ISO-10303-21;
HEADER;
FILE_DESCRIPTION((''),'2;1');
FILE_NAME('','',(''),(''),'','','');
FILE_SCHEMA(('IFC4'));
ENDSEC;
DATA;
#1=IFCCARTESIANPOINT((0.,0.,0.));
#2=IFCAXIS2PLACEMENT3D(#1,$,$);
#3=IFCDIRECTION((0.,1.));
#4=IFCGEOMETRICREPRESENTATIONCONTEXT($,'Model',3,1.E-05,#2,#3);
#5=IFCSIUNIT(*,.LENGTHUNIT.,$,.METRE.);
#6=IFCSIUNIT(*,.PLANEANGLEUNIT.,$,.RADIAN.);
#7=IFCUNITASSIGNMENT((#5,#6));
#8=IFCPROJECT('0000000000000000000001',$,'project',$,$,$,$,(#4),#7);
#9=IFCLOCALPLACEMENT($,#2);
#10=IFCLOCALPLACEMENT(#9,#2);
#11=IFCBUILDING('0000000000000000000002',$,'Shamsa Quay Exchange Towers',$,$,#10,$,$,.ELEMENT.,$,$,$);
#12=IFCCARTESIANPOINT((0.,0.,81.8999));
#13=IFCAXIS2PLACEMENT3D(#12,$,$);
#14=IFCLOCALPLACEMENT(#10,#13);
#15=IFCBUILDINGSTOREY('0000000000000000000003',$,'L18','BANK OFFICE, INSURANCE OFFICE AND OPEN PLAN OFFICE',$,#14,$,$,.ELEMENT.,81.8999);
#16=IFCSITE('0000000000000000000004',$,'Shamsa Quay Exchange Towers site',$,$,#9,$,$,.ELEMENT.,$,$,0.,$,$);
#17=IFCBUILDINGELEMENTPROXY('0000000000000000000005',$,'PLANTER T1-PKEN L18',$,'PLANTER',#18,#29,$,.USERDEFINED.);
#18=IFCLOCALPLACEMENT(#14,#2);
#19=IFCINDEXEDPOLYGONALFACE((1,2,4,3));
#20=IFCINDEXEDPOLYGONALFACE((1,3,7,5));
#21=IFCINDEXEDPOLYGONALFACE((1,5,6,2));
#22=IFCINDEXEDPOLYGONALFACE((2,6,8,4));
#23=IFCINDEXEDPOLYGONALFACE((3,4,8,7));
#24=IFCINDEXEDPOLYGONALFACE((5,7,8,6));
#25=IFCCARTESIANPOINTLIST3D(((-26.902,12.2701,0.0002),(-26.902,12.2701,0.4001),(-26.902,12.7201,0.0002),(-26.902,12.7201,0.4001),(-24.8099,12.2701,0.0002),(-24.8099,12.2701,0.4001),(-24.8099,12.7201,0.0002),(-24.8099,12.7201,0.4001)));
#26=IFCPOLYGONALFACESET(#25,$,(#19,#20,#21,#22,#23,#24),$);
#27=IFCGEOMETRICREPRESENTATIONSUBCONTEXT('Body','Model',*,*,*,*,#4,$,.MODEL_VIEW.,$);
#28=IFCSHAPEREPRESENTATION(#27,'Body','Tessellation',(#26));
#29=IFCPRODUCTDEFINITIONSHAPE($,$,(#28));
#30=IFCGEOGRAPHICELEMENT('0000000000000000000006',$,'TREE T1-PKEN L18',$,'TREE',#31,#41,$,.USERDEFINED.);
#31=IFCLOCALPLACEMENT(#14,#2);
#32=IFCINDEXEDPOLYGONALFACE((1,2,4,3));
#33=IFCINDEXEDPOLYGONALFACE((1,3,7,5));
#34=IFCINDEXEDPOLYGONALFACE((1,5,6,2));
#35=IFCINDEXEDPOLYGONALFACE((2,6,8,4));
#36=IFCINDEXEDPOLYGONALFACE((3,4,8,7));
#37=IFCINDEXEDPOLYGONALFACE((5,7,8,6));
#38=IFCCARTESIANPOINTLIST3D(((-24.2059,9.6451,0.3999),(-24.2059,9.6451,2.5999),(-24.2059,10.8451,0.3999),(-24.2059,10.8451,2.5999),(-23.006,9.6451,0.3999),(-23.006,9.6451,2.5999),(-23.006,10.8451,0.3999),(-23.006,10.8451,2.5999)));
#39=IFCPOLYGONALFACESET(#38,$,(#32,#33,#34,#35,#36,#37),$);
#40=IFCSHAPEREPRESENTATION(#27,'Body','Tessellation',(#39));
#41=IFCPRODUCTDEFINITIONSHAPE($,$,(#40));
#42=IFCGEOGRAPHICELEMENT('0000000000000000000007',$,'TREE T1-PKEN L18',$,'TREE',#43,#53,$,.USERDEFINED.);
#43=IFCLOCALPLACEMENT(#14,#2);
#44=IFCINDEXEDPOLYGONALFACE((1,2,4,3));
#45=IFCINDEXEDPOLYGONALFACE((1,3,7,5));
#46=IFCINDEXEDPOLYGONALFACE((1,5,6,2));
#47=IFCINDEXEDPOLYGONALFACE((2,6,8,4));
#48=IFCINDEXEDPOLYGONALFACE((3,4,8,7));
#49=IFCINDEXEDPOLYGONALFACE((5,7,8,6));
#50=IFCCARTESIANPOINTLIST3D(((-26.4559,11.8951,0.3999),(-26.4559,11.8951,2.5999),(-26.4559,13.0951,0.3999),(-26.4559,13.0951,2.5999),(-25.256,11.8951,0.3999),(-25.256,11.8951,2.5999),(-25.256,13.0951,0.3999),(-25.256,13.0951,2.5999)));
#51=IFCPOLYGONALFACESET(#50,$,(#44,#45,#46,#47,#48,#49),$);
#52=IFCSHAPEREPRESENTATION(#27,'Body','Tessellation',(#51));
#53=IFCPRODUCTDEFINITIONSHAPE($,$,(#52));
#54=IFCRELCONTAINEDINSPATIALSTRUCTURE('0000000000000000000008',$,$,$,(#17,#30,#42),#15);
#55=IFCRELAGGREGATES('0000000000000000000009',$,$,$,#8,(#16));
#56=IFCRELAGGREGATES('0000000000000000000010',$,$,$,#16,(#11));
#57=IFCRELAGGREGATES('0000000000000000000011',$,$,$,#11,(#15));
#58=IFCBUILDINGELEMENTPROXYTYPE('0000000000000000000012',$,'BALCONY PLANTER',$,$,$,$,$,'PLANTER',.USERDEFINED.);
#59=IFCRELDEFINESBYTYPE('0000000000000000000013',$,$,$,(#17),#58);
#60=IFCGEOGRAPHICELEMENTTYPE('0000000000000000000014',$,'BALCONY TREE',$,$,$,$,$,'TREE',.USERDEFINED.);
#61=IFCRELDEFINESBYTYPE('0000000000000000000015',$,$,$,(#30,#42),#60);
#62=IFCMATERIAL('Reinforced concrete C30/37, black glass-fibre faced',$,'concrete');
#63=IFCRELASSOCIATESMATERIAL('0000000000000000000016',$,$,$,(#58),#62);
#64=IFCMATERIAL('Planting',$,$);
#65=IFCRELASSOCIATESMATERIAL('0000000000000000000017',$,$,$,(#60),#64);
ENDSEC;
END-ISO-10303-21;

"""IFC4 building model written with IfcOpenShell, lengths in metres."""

from ifc_helpers import new_model, si_unit, direction, frame, origin, origin_2d, place, context, subcontext, project, spatial, rectangle, extrude, material, type_object, element, save


model = new_model("IFC4")

# Units and contexts
model_context = context("Model", 3, precision=1e-05, world=origin(), true_north=direction((0.0, 1.0)))
body_context = subcontext(model_context, "Body", "Model", "MODEL_VIEW")
ifc_project = project(units=[si_unit("LENGTHUNIT", "METRE"), si_unit("PLANEANGLEUNIT", "RADIAN")], contexts=[model_context])

# Site, building, storey
site_placement = place(None, origin())
site = spatial("IfcSite", under=ifc_project, at=site_placement, Name="Shamsa Quay Exchange Towers site", CompositionType="ELEMENT", RefElevation=0.0)
building_placement = place(site_placement, origin())
building = spatial("IfcBuilding", under=site, at=building_placement, Name="Shamsa Quay Exchange Towers", CompositionType="ELEMENT")
storey_placement = place(building_placement, frame((0.0, 0.0, 81.8999)))
storey = spatial("IfcBuildingStorey", under=building, at=storey_placement, Name="L18", Description="BANK OFFICE, INSURANCE OFFICE AND OPEN PLAN OFFICE", CompositionType="ELEMENT", Elevation=81.8999)

# Building element proxy
ifc_material_1 = material(Name="Reinforced concrete C30/37, black glass-fibre faced", Category="concrete")
building_element_proxy_type = type_object("IfcBuildingElementProxyType", Name="BALCONY PLANTER", ElementType="PLANTER", PredefinedType="USERDEFINED", material=ifc_material_1)
for number, where, z_axis, x_axis, name in (
    (1, (-25.856, 12.4951, 0.0002), (0.0, 0.0, 1.0), (-1.0, 0.0, 0.0), "PLANTER T1-PKEN L18"),
):
    element("IfcBuildingElementProxy", number, at=place(storey_placement, frame(where, z_axis=z_axis, x_axis=x_axis)), inside=storey, type_object=building_element_proxy_type, Name=name, ObjectType="PLANTER", PredefinedType="USERDEFINED", context=body_context, shape_type="SweptSolid", body=[
        extrude(rectangle(XDim=2.092, YDim=0.45, at=origin_2d()), origin(), (0.0, 0.0, 1.0), 0.3999),
    ])

# Geographic elements
ifc_material_2 = material(Name="Planting")
geographic_element_type = type_object("IfcGeographicElementType", Name="BALCONY TREE", ElementType="TREE", PredefinedType="USERDEFINED", material=ifc_material_2)
for number, where, z_axis, x_axis, name in (
    (2, (-23.606, 10.2451, 0.3999), (0.0, 0.0, 1.0), (-1.0, 0.0, 0.0), "TREE T1-PKEN L18"),
    (3, (-25.856, 12.4951, 0.3999), (0.0, 0.0, 1.0), (-1.0, 0.0, 0.0), "TREE T1-PKEN L18"),
):
    element("IfcGeographicElement", number, at=place(storey_placement, frame(where, z_axis=z_axis, x_axis=x_axis)), inside=storey, type_object=geographic_element_type, Name=name, ObjectType="TREE", PredefinedType="USERDEFINED", context=body_context, shape_type="SweptSolid", body=[
        extrude(rectangle(XDim=1.2, YDim=1.2, at=origin_2d()), origin(), (0.0, 0.0, 1.0), 2.2),
    ])

save(model, "model.ifc")
